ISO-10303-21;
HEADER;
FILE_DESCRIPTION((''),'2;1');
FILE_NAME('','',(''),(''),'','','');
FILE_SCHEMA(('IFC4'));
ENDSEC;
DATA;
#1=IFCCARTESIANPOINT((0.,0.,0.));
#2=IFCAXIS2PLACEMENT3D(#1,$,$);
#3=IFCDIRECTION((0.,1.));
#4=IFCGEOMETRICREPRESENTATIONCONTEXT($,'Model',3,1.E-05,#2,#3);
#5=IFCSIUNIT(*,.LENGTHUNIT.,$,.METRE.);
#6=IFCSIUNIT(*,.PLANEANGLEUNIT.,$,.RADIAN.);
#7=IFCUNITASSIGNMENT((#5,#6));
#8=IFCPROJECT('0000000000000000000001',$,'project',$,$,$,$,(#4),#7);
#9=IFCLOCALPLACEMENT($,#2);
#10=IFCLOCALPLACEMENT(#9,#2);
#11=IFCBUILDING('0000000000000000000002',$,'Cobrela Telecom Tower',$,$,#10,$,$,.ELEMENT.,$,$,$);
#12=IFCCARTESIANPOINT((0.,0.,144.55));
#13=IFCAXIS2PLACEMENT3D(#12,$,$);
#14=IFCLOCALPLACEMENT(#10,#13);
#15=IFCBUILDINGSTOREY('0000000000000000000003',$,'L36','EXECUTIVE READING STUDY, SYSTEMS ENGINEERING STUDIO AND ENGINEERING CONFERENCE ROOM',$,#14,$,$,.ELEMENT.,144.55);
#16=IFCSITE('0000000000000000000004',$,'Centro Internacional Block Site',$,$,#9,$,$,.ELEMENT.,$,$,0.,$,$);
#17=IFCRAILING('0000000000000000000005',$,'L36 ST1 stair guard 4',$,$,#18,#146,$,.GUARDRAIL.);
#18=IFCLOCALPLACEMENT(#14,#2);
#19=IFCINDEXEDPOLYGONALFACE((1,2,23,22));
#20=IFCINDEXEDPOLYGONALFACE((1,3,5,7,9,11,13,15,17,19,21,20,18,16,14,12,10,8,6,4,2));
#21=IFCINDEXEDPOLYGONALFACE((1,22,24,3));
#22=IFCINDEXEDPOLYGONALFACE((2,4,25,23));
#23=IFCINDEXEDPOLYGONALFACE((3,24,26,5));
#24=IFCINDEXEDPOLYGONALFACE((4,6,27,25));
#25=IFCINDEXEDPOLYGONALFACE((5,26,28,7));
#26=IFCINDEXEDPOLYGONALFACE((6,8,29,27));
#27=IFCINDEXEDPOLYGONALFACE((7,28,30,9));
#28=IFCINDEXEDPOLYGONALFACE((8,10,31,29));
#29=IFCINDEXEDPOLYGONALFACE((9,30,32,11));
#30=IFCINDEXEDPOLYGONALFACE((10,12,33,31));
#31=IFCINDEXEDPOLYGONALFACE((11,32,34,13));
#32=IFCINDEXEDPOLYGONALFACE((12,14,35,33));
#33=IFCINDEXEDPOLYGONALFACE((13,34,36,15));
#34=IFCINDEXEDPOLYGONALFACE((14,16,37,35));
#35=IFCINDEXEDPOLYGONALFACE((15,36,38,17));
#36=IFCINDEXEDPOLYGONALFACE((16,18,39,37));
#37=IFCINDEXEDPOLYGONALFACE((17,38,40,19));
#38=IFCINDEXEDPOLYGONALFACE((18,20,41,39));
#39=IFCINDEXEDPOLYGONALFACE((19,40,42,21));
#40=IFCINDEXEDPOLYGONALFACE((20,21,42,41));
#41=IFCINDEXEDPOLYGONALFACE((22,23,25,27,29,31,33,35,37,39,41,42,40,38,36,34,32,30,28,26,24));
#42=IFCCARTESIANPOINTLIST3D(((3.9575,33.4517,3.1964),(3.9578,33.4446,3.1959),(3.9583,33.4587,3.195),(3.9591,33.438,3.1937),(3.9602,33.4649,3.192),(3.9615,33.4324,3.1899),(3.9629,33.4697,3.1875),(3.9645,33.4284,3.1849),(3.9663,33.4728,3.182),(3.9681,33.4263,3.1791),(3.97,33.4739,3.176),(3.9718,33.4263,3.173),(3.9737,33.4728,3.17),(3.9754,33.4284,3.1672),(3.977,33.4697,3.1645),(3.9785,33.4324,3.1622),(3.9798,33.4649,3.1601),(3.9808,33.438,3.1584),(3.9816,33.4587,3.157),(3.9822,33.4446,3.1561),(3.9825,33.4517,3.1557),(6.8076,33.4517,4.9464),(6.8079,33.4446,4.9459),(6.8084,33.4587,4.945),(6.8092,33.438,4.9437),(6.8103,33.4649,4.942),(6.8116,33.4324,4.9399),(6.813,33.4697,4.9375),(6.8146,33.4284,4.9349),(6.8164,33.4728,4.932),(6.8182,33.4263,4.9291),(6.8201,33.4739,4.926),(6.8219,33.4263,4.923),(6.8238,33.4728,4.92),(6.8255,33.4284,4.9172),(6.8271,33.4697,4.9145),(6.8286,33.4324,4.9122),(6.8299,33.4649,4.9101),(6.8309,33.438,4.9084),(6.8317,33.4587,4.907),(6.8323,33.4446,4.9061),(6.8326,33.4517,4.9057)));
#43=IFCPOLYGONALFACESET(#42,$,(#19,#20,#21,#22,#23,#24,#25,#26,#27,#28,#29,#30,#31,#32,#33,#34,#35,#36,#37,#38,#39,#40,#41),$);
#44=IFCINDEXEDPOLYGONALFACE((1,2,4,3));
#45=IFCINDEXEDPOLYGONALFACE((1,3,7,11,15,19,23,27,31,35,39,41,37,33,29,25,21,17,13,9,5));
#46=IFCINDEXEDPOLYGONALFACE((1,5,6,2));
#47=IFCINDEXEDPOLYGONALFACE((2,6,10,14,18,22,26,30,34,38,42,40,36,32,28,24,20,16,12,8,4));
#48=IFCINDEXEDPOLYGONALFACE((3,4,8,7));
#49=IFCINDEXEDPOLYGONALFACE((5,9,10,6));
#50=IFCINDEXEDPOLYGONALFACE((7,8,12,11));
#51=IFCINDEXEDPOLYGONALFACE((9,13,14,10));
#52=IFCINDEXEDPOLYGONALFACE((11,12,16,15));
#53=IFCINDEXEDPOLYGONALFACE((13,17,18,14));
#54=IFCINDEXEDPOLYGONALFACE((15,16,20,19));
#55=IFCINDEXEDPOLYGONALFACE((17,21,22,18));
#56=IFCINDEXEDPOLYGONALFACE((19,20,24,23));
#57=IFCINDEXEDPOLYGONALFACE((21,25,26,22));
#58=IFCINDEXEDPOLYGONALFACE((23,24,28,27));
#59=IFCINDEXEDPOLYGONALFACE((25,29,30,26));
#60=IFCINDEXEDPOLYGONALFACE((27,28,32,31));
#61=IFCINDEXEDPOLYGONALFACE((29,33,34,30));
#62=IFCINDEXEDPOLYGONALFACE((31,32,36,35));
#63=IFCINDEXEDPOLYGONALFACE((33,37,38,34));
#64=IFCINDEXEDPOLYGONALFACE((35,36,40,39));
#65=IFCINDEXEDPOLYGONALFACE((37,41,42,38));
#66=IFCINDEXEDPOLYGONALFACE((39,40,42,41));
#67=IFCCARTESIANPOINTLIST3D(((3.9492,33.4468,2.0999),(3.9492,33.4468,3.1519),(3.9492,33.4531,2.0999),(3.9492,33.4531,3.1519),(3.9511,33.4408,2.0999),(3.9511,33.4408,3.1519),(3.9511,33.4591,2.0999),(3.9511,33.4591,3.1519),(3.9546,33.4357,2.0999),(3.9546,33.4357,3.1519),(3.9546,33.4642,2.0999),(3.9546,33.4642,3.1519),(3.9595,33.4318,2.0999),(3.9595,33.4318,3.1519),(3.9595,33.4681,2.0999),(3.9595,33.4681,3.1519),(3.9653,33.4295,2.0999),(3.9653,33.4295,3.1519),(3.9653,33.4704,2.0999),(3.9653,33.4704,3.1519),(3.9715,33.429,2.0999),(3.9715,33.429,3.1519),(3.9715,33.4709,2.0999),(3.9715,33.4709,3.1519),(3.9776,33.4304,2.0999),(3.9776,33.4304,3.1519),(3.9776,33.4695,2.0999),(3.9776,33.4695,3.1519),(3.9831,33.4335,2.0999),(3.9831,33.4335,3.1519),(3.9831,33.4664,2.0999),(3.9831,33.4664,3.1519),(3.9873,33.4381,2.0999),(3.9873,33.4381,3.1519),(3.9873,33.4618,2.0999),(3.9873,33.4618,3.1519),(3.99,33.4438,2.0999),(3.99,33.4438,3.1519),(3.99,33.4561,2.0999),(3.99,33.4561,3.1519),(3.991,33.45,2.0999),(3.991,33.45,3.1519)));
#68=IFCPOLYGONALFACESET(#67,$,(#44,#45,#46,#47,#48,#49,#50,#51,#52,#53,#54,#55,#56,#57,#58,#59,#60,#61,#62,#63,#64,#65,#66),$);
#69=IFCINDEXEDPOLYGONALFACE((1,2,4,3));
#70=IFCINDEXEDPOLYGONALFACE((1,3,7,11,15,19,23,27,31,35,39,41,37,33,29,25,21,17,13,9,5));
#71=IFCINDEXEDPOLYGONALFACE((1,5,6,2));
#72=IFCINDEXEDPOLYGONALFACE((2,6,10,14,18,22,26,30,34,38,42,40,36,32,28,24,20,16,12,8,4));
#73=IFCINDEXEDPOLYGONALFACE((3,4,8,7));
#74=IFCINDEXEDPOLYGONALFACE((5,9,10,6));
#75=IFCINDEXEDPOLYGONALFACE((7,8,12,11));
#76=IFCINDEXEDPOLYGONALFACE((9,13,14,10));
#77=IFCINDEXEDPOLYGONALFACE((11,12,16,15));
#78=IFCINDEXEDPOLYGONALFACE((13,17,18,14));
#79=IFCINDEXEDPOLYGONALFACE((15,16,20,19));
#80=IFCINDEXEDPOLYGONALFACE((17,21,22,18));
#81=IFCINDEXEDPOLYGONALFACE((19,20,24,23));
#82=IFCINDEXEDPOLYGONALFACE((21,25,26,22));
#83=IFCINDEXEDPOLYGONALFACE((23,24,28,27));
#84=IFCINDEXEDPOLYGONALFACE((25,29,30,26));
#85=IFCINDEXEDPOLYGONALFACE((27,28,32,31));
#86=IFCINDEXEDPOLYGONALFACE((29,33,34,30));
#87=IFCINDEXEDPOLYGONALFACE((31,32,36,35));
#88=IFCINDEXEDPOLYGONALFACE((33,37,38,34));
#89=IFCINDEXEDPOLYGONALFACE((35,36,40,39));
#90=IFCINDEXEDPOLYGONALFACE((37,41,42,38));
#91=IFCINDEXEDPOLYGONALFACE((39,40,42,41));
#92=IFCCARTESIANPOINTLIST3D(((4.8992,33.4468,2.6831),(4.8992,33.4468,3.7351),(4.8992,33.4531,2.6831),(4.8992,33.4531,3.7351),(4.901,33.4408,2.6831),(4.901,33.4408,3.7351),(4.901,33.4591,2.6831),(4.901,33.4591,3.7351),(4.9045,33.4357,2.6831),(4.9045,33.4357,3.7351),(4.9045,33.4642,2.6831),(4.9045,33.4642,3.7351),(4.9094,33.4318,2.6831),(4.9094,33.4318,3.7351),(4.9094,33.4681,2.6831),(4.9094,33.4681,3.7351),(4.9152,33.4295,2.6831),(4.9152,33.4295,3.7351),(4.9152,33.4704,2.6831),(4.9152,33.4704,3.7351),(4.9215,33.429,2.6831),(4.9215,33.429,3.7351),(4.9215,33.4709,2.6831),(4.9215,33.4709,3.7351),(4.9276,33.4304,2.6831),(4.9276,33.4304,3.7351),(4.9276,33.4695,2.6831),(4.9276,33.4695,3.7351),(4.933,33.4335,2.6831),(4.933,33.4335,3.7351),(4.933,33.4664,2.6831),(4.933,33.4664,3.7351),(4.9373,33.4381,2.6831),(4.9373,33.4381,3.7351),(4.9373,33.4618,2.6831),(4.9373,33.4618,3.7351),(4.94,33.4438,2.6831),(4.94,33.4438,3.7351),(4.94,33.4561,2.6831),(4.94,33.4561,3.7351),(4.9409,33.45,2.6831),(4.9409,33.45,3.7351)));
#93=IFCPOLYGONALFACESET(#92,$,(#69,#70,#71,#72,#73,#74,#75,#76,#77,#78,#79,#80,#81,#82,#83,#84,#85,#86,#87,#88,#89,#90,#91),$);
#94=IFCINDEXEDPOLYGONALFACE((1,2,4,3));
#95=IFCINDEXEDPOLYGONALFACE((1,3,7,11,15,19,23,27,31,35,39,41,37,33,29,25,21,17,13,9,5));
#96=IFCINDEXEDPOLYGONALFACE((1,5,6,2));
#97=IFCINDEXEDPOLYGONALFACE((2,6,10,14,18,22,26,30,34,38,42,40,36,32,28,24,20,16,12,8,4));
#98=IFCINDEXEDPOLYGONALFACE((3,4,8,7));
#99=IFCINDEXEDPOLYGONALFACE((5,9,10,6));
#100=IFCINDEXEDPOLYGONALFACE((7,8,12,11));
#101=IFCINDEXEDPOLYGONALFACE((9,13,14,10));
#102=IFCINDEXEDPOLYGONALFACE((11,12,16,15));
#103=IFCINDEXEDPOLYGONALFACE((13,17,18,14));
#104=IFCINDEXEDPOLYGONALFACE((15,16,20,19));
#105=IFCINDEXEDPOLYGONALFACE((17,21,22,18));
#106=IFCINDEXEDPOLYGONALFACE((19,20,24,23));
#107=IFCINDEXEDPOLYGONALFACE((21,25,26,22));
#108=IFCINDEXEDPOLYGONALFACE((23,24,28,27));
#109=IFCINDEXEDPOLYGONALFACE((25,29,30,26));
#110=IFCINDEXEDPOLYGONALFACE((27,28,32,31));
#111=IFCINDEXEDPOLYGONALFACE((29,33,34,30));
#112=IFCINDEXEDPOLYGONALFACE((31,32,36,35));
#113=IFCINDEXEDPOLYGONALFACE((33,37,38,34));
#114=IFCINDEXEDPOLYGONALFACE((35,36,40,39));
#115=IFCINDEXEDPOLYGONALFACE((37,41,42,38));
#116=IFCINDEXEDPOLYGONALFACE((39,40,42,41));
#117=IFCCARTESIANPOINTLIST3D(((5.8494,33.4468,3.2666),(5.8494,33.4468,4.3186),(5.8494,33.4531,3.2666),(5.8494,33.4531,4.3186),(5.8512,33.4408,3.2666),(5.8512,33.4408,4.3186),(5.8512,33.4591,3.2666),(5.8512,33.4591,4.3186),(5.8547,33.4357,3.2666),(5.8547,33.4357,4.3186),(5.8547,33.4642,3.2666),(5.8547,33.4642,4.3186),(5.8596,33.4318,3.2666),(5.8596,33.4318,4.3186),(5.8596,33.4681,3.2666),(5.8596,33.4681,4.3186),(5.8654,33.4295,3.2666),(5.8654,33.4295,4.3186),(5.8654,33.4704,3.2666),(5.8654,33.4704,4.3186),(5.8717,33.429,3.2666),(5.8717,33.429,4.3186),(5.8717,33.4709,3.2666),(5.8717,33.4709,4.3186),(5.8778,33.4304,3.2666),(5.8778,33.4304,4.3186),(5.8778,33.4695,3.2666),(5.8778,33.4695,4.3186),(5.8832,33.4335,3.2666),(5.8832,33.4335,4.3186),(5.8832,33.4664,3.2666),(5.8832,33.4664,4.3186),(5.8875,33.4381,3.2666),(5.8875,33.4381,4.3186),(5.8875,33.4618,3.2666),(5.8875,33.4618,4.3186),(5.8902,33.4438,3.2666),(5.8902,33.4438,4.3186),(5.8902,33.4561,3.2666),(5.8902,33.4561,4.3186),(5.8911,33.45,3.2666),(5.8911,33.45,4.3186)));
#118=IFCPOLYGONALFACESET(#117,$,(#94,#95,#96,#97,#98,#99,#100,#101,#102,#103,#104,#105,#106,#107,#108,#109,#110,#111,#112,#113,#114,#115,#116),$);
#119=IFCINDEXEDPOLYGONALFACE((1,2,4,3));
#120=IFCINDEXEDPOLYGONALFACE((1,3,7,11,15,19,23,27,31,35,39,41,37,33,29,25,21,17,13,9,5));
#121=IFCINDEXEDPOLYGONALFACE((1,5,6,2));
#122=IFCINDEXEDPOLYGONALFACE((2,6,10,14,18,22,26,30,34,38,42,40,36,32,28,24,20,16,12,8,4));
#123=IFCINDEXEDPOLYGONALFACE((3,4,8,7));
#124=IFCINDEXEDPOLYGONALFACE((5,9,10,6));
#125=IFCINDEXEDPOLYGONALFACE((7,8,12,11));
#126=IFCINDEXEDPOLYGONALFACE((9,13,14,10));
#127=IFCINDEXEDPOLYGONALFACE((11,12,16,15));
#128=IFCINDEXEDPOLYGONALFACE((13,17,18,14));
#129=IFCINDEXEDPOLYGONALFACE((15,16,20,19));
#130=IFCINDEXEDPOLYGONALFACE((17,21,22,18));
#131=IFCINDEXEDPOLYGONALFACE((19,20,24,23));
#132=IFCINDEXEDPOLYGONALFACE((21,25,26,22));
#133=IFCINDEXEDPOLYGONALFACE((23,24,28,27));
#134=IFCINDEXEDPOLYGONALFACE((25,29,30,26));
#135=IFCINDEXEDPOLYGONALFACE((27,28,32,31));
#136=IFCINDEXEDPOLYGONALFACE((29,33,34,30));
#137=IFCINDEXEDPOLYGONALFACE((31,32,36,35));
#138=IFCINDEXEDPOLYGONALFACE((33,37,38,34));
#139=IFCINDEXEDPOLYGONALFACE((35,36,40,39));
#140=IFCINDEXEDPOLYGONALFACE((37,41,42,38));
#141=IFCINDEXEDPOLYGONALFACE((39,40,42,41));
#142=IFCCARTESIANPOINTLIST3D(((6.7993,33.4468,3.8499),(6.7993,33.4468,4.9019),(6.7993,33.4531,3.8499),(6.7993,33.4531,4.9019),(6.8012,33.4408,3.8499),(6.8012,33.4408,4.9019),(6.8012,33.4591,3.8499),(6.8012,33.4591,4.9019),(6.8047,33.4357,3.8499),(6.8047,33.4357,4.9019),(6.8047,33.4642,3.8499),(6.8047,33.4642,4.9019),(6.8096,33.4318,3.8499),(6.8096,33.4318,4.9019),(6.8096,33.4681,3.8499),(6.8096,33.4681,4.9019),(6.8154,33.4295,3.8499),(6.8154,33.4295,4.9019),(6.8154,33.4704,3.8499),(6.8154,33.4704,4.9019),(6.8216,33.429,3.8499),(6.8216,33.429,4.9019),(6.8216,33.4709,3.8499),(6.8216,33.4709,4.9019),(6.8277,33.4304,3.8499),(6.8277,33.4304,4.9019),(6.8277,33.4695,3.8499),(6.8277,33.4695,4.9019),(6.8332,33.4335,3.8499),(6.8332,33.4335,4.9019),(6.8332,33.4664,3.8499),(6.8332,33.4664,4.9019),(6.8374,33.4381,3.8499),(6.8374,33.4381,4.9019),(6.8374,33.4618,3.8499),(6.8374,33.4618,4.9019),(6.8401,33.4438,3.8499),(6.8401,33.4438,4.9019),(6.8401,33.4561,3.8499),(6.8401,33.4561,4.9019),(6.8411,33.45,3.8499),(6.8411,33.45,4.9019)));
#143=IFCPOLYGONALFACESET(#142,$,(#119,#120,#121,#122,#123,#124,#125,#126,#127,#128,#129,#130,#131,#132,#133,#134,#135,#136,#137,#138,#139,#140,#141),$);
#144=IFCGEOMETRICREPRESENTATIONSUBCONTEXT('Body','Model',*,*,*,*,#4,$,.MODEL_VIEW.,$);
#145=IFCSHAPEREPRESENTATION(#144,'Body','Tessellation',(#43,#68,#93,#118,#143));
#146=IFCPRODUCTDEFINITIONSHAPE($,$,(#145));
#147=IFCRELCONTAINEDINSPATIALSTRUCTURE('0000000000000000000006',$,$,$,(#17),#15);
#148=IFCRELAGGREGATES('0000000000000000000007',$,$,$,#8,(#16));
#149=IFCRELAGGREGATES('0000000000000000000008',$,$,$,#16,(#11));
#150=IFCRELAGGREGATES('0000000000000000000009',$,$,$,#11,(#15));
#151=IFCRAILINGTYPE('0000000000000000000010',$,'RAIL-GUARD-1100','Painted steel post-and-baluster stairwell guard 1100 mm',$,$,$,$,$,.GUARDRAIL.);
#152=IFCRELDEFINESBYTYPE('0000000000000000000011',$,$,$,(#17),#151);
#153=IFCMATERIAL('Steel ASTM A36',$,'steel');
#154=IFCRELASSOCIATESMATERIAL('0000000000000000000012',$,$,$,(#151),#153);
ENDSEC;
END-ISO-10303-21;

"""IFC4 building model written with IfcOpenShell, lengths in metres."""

from ifc_helpers import new_model, si_unit, direction, frame, origin, origin_2d, place, context, subcontext, project, spatial, circle, extrude, material, type_object, element, save


model = new_model("IFC4")

# Units and contexts
model_context = context("Model", 3, precision=1e-05, world=origin(), true_north=direction((0.0, 1.0)))
body_context = subcontext(model_context, "Body", "Model", "MODEL_VIEW")
ifc_project = project(units=[si_unit("LENGTHUNIT", "METRE"), si_unit("PLANEANGLEUNIT", "RADIAN")], contexts=[model_context])

# Site, building, storey
site_placement = place(None, origin())
site = spatial("IfcSite", under=ifc_project, at=site_placement, Name="Centro Internacional Block Site", CompositionType="ELEMENT", RefElevation=0.0)
building_placement = place(site_placement, origin())
building = spatial("IfcBuilding", under=site, at=building_placement, Name="Cobrela Telecom Tower", CompositionType="ELEMENT")
storey_placement = place(building_placement, frame((0.0, 0.0, 144.55)))
storey = spatial("IfcBuildingStorey", under=building, at=storey_placement, Name="L36", Description="EXECUTIVE READING STUDY, SYSTEMS ENGINEERING STUDIO AND ENGINEERING CONFERENCE ROOM", CompositionType="ELEMENT", Elevation=144.55)

# Shared definitions
ifc_material_1 = material(Name="Steel ASTM A36", Category="steel")

# Railing
railing_type_1 = type_object("IfcRailingType", Name="RAIL-GUARD-1100", Description="Painted steel post-and-baluster stairwell guard 1100 mm", PredefinedType="GUARDRAIL", material=ifc_material_1)
railing_1_placement = place(storey_placement, frame((3.97, 33.45, 2.0999)))
element("IfcRailing", 1, at=railing_1_placement, inside=storey, type_object=railing_type_1, Name="L36 ST1 stair guard 4", PredefinedType="GUARDRAIL", context=body_context, shape_type="SweptSolid", body=[
    extrude(circle(Radius=0.0239, at=origin_2d()), frame((0.0, 0.0, 1.0762), z_axis=(0.852179, 0.0, 0.52325), x_axis=(0.0, 1.0, 0.0)), (0.0, 0.0, 1.0), 3.3445),
    extrude(circle(Radius=0.021, at=origin_2d()), origin(), (0.0, 0.0, 1.0), 1.052),
    extrude(circle(Radius=0.021, at=origin_2d()), frame((0.95, 0.0, 0.5833)), (0.0, 0.0, 1.0), 1.052),
    extrude(circle(Radius=0.021, at=origin_2d()), frame((1.9001, 0.0, 1.1667)), (0.0, 0.0, 1.0), 1.052),
    extrude(circle(Radius=0.021, at=origin_2d()), frame((2.8501, 0.0, 1.75)), (0.0, 0.0, 1.0), 1.052),
])

save(model, "model.ifc")
